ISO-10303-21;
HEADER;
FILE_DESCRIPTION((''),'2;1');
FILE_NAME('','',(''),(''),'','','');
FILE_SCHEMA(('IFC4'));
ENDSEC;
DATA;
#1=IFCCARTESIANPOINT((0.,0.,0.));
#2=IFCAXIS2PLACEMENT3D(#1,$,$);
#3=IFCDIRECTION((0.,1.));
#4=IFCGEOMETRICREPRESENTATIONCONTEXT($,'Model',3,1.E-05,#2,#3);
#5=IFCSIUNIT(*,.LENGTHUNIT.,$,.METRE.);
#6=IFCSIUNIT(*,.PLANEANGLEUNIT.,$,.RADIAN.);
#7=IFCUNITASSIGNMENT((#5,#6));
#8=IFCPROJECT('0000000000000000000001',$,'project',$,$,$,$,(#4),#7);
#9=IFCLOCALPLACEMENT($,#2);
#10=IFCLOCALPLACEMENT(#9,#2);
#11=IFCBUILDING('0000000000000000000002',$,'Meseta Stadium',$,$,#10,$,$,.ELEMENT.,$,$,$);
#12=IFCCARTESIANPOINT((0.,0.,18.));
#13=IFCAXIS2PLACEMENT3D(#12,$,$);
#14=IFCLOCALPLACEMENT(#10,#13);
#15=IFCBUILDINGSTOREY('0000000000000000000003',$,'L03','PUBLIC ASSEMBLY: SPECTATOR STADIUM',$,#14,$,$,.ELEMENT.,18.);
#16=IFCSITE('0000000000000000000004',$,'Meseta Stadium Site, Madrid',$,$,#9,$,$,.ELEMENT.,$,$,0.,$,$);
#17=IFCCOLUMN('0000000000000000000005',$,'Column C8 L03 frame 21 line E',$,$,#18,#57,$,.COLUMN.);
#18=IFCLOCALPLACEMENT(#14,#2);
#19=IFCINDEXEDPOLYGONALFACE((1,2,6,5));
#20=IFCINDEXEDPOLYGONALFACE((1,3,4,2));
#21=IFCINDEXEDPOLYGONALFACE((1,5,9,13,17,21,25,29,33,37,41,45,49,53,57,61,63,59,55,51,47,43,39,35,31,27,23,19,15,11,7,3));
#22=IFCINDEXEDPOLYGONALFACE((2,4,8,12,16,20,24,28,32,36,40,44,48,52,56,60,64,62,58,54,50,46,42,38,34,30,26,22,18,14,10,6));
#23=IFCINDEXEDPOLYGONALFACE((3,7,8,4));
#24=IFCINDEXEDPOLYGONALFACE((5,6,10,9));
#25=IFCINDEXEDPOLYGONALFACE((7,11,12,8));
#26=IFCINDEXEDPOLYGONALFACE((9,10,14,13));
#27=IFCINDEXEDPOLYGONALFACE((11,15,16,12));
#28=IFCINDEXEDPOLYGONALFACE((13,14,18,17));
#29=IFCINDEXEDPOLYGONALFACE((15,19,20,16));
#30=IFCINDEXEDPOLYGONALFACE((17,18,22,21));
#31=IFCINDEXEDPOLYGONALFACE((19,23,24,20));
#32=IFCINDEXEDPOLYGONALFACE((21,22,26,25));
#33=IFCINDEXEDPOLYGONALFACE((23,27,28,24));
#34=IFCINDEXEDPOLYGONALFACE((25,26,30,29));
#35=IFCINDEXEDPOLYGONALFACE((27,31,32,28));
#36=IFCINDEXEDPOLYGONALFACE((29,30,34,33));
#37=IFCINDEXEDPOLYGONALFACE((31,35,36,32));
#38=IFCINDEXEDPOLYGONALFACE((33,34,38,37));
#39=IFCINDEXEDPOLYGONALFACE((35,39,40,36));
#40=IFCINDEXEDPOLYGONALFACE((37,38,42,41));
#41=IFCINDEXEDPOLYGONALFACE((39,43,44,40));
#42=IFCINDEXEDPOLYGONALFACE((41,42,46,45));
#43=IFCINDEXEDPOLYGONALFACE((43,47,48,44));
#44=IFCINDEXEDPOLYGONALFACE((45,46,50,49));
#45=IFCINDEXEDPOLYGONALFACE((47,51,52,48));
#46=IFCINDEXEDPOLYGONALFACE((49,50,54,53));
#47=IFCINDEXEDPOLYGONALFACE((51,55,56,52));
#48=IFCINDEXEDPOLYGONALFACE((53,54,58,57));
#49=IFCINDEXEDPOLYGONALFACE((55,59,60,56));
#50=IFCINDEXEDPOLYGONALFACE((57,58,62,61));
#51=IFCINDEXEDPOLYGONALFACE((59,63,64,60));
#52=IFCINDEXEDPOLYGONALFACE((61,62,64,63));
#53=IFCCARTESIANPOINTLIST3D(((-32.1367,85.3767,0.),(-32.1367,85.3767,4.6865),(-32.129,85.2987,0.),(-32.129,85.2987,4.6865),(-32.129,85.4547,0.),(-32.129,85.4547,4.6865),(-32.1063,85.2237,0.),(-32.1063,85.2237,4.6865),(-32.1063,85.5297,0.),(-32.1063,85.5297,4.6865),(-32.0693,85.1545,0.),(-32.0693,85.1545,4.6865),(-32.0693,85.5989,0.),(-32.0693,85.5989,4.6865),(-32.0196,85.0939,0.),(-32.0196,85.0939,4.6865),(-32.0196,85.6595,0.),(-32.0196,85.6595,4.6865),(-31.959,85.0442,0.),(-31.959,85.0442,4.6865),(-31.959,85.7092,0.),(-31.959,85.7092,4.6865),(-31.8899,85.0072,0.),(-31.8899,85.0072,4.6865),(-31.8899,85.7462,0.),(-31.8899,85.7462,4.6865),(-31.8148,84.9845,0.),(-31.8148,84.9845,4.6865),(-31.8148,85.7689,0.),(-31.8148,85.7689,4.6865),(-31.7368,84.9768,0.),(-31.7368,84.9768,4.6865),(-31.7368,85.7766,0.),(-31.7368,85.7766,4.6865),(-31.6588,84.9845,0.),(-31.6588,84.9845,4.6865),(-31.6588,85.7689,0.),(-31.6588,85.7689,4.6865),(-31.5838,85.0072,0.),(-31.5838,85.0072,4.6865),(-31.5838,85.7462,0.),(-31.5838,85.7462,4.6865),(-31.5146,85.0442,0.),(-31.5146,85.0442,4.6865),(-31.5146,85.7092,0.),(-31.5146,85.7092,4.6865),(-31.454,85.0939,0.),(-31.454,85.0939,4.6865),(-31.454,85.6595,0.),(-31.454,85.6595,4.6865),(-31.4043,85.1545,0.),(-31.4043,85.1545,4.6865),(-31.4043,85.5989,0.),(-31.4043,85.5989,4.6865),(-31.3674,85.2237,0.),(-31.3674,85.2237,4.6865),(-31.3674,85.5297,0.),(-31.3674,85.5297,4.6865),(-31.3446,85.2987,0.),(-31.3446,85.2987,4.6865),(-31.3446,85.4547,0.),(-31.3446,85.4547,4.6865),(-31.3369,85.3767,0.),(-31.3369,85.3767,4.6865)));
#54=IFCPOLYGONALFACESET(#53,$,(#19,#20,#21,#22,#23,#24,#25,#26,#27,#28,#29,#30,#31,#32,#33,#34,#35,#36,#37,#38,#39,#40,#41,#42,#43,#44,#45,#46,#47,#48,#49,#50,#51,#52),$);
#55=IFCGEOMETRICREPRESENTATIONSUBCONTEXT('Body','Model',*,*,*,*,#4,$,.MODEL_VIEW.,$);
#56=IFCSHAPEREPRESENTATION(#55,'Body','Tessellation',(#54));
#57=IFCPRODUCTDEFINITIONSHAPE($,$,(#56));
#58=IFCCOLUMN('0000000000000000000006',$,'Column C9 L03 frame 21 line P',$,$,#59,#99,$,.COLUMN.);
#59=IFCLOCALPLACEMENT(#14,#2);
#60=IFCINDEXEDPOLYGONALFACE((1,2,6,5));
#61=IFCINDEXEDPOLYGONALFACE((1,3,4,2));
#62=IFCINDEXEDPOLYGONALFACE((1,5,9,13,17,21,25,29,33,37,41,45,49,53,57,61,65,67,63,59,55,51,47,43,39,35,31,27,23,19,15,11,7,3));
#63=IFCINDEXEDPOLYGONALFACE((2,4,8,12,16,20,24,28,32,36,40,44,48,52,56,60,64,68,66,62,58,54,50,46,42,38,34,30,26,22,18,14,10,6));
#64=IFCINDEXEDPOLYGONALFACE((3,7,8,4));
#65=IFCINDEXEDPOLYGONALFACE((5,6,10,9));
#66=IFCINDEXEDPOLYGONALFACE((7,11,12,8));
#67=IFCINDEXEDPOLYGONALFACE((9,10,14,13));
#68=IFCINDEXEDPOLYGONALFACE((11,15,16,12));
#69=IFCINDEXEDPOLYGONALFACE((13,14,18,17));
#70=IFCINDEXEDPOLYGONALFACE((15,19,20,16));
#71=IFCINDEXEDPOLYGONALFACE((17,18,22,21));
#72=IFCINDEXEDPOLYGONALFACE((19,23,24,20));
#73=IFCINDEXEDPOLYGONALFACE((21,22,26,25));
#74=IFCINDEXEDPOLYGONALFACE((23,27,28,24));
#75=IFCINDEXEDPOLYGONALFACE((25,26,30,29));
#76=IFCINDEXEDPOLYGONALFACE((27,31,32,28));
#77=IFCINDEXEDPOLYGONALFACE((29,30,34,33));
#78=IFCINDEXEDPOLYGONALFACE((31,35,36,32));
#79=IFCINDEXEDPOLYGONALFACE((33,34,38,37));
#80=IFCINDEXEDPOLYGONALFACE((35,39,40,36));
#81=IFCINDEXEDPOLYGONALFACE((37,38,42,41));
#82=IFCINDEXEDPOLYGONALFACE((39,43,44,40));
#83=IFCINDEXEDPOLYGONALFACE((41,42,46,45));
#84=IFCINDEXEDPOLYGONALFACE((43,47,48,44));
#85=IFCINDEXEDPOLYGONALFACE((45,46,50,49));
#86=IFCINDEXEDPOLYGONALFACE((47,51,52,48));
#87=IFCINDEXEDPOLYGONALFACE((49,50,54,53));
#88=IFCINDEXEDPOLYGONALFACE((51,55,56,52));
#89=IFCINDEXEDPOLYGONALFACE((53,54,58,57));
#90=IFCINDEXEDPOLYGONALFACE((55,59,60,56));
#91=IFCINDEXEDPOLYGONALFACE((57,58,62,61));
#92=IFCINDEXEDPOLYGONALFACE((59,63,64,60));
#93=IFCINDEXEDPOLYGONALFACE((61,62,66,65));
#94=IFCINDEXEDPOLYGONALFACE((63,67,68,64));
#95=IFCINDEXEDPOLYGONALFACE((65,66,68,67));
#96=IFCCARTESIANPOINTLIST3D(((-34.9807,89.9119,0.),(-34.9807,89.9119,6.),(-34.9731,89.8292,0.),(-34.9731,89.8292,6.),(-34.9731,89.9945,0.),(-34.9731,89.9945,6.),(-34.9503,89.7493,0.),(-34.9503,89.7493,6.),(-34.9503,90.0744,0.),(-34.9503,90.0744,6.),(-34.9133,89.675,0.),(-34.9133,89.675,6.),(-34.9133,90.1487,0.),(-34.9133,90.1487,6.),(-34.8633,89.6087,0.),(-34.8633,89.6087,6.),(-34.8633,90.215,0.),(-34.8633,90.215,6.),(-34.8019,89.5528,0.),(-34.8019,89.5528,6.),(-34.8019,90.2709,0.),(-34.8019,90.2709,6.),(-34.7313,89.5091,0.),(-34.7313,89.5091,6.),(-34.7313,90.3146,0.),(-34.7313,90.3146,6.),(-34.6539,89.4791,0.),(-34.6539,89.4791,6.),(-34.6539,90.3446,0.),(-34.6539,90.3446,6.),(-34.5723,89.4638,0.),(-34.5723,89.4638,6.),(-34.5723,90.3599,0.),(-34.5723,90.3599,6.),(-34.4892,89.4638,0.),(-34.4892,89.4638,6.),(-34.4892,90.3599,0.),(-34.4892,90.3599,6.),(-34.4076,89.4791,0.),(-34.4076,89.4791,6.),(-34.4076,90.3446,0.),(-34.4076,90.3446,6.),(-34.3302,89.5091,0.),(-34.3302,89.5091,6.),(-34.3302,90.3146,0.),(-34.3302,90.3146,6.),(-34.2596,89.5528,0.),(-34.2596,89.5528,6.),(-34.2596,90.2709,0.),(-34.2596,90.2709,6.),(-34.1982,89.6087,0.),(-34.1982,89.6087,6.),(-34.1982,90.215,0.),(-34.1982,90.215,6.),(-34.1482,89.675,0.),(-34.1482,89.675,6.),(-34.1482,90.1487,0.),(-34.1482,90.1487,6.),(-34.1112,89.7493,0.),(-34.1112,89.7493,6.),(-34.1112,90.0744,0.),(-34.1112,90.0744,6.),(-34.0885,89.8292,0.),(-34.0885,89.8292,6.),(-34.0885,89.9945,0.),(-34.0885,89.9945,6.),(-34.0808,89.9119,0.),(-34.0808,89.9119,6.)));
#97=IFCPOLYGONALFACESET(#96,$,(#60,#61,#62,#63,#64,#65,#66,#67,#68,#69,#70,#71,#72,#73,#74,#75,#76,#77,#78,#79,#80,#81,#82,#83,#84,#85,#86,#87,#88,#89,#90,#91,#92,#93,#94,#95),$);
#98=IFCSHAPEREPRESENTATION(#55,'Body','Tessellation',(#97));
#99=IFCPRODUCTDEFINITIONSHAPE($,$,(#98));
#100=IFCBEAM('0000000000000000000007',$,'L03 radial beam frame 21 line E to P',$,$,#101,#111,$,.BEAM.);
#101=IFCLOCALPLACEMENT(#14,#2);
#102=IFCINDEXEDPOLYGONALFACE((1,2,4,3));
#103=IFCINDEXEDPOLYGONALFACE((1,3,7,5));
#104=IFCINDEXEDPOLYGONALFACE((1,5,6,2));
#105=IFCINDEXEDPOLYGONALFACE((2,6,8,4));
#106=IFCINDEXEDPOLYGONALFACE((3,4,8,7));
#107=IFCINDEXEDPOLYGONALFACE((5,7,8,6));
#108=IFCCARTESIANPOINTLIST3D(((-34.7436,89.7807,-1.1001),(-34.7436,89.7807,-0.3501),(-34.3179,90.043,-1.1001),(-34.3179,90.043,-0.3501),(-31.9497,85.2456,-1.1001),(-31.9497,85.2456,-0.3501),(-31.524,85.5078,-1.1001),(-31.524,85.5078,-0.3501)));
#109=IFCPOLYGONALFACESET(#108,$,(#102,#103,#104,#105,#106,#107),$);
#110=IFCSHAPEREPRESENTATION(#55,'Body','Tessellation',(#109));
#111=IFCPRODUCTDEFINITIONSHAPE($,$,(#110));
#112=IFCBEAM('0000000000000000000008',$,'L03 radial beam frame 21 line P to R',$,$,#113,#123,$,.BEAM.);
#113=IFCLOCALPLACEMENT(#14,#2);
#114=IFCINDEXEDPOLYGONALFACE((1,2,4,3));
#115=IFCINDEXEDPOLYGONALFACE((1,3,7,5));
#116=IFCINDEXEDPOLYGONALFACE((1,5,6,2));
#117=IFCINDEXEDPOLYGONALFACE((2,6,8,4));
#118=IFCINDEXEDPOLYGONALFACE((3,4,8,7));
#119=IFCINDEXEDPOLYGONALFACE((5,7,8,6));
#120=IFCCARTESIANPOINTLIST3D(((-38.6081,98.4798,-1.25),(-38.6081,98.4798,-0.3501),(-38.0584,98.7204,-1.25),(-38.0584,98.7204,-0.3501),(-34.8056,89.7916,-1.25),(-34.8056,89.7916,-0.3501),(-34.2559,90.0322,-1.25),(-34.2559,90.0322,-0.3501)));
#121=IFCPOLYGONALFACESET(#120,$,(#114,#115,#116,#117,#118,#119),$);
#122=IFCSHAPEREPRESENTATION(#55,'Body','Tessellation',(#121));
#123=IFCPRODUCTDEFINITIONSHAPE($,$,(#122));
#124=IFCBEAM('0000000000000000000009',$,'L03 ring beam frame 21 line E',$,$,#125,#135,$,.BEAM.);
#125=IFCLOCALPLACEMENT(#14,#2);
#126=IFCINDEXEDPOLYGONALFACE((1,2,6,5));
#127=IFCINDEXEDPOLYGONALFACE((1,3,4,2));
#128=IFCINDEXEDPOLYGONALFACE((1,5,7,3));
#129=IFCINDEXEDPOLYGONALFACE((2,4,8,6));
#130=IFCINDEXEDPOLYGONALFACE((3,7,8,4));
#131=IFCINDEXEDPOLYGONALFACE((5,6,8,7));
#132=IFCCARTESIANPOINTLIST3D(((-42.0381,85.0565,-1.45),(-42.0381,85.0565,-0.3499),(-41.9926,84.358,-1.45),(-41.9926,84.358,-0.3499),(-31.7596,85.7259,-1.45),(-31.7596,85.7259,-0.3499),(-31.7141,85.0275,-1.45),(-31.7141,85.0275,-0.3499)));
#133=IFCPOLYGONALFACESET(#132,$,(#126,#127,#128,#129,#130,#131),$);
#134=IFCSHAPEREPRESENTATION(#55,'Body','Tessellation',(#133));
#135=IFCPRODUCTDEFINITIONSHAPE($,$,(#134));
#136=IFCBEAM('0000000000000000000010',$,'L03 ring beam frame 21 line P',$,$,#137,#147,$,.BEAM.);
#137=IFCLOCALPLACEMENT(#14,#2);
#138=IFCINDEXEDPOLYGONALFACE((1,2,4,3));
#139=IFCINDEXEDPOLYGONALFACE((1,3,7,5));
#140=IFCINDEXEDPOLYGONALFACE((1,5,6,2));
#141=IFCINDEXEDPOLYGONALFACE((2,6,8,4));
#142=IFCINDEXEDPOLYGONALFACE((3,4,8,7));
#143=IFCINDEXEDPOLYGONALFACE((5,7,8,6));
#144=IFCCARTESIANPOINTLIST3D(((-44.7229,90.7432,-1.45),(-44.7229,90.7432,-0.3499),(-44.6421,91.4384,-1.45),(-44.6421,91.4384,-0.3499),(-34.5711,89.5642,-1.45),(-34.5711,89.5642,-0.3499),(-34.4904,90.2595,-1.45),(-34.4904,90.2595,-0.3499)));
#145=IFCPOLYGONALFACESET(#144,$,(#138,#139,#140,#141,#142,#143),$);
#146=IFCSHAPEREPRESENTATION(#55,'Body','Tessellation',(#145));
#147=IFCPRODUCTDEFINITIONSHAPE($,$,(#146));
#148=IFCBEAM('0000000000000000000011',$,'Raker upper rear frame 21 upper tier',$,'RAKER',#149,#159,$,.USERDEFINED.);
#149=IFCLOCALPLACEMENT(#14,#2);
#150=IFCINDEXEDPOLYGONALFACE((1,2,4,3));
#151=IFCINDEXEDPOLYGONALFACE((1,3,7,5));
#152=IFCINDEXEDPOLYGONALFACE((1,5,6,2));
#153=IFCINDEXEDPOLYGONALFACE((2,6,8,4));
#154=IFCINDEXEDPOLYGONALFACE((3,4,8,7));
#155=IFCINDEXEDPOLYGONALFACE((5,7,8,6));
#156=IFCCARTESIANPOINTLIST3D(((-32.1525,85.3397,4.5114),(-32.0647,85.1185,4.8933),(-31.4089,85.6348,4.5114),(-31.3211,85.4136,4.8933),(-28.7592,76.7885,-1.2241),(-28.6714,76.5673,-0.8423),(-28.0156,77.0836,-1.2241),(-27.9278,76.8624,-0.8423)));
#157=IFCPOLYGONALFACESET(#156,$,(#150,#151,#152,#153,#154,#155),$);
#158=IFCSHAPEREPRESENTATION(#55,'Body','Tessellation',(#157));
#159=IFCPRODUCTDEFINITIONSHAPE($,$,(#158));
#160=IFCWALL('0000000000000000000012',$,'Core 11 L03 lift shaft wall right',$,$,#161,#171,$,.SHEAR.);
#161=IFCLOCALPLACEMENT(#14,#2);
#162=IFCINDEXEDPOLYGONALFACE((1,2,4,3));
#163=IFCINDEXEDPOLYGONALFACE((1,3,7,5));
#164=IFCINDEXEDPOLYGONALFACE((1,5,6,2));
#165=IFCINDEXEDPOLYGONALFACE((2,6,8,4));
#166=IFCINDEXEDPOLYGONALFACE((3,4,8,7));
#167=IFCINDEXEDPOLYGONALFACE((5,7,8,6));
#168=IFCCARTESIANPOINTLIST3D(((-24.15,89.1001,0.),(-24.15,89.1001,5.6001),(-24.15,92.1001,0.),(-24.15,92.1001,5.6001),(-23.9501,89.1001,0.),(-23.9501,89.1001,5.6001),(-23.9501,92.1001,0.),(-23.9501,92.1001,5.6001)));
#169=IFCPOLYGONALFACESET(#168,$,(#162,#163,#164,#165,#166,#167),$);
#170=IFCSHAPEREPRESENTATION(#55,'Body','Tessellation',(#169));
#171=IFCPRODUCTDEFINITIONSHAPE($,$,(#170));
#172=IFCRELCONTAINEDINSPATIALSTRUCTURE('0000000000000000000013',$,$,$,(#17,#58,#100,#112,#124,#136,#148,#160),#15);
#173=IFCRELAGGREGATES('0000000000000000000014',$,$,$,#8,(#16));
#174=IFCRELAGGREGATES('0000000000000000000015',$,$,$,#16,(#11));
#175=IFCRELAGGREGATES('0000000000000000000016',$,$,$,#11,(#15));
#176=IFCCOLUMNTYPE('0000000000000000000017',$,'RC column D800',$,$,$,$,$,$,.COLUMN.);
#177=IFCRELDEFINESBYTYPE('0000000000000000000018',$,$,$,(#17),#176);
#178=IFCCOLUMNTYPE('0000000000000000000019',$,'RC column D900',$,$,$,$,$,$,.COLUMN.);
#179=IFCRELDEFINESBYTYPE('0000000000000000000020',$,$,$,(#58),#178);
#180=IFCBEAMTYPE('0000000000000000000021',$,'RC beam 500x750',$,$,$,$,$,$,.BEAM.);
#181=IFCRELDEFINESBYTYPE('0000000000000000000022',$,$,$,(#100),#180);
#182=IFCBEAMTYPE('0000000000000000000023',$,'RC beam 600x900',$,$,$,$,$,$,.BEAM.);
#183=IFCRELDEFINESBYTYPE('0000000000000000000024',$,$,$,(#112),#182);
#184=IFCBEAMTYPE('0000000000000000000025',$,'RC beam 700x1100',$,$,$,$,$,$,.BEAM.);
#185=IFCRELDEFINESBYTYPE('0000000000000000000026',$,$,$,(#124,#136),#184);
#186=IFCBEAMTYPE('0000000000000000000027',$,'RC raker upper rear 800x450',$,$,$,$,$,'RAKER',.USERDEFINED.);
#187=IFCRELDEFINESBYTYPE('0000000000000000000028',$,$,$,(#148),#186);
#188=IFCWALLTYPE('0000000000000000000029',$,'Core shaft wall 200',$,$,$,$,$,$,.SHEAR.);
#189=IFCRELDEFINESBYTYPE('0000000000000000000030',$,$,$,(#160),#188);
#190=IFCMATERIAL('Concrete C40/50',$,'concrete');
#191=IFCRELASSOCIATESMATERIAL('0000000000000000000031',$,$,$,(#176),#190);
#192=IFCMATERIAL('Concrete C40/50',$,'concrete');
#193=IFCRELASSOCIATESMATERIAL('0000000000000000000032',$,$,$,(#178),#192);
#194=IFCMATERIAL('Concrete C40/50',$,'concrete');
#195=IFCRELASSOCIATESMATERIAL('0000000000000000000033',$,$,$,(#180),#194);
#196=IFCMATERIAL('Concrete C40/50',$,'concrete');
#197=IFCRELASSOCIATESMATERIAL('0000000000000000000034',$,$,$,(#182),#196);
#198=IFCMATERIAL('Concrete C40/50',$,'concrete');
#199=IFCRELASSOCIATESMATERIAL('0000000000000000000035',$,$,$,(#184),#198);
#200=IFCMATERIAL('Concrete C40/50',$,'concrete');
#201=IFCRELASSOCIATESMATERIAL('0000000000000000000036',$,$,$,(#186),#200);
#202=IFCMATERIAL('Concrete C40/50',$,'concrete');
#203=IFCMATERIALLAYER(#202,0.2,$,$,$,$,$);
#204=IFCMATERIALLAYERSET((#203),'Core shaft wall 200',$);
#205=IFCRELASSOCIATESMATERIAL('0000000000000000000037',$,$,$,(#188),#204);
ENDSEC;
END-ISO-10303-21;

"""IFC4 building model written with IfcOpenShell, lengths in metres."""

from ifc_helpers import new_model, si_unit, direction, frame, frame_2d, origin, origin_2d, place, context, subcontext, project, spatial, rectangle, circle, extrude, material, layer, layer_set, material_profile, profile_set, type_object, element, save


model = new_model("IFC4")

# Units and contexts
model_context = context("Model", 3, precision=1e-05, world=origin(), true_north=direction((0.0, 1.0)))
body_context = subcontext(model_context, "Body", "Model", "MODEL_VIEW")
ifc_project = project(units=[si_unit("LENGTHUNIT", "METRE"), si_unit("PLANEANGLEUNIT", "RADIAN")], contexts=[model_context])

# Site, building, storey
site_placement = place(None, origin())
site = spatial("IfcSite", under=ifc_project, at=site_placement, Name="Meseta Stadium Site, Madrid", CompositionType="ELEMENT", RefElevation=0.0)
building_placement = place(site_placement, origin())
building = spatial("IfcBuilding", under=site, at=building_placement, Name="Meseta Stadium", CompositionType="ELEMENT")
storey_placement = place(building_placement, frame((0.0, 0.0, 18.0)))
storey = spatial("IfcBuildingStorey", under=building, at=storey_placement, Name="L03", Description="PUBLIC ASSEMBLY: SPECTATOR STADIUM", CompositionType="ELEMENT", Elevation=18.0)

# Columns
ifc_material_1 = material(Name="Concrete C40/50", Category="concrete")
ifc_material_profile_1 = material_profile(ifc_material_1, circle(Radius=0.3999, at=origin_2d()), Name="RC D800")
ifc_profile_set_1 = profile_set([ifc_material_profile_1], Name="Concrete C40/50")
column_type_1 = type_object("IfcColumnType", Name="RC column D800", PredefinedType="COLUMN", material=ifc_profile_set_1)
column_1_placement = place(storey_placement, frame((-31.7368, 85.3767, 0.0), z_axis=(0.0, 0.0, 1.0), x_axis=(1.0, 0.0, 0.0)))
element("IfcColumn", 1, at=column_1_placement, inside=storey, type_object=column_type_1, Name="Column C8 L03 frame 21 line E", PredefinedType="COLUMN", context=body_context, shape_type="SweptSolid", body=[
    extrude(circle(Radius=0.3999, at=origin_2d()), origin(), (0.0, 0.0, 1.0), 4.6865),
])
ifc_material_2 = material(Name="Concrete C40/50", Category="concrete")
ifc_material_profile_2 = material_profile(ifc_material_2, circle(Radius=0.45, at=origin_2d()), Name="RC D900")
ifc_profile_set_2 = profile_set([ifc_material_profile_2], Name="Concrete C40/50")
column_type_2 = type_object("IfcColumnType", Name="RC column D900", PredefinedType="COLUMN", material=ifc_profile_set_2)
column_2_placement = place(storey_placement, frame((-34.5308, 89.9119, 0.0), z_axis=(0.0, 0.0, 1.0), x_axis=(1.0, 0.0, 0.0)))
element("IfcColumn", 2, at=column_2_placement, inside=storey, type_object=column_type_2, Name="Column C9 L03 frame 21 line P", PredefinedType="COLUMN", context=body_context, shape_type="SweptSolid", body=[
    extrude(circle(Radius=0.45, at=origin_2d()), origin(), (0.0, 0.0, 1.0), 6.0),
])

# Beams
ifc_material_3 = material(Name="Concrete C40/50", Category="concrete")
ifc_material_profile_3 = material_profile(ifc_material_3, rectangle(XDim=0.5, YDim=0.75, at=origin_2d()), Name="RC 500x750")
ifc_profile_set_3 = profile_set([ifc_material_profile_3], Name="Concrete C40/50")
beam_type_1 = type_object("IfcBeamType", Name="RC beam 500x750", PredefinedType="BEAM", material=ifc_profile_set_3)
beam_1_placement = place(storey_placement, frame((-31.7368, 85.3767, -0.7251), z_axis=(-0.524517, 0.8514, 0.0), x_axis=(-0.8514, -0.524517, 0.0)))
element("IfcBeam", 3, at=beam_1_placement, inside=storey, type_object=beam_type_1, Name="L03 radial beam frame 21 line E to P", PredefinedType="BEAM", context=body_context, shape_type="SweptSolid", body=[
    extrude(rectangle(XDim=0.5, YDim=0.75, at=origin_2d()), origin(), (0.0, 0.0, 1.0), 5.3267),
])
ifc_material_4 = material(Name="Concrete C40/50", Category="concrete")
ifc_material_profile_4 = material_profile(ifc_material_4, rectangle(XDim=0.6001, YDim=0.8999, at=origin_2d()), Name="RC 600x900")
ifc_profile_set_4 = profile_set([ifc_material_profile_4], Name="Concrete C40/50")
beam_type_2 = type_object("IfcBeamType", Name="RC beam 600x900", PredefinedType="BEAM", material=ifc_profile_set_4)
beam_2_placement = place(storey_placement, frame((-34.5308, 89.9119, -0.8), z_axis=(-0.400942, 0.916104, 0.0), x_axis=(-0.916104, -0.400942, 0.0)))
element("IfcBeam", 4, at=beam_2_placement, inside=storey, type_object=beam_type_2, Name="L03 radial beam frame 21 line P to R", PredefinedType="BEAM", context=body_context, shape_type="SweptSolid", body=[
    extrude(rectangle(XDim=0.6001, YDim=0.8999, at=origin_2d()), origin(), (0.0, 0.0, 1.0), 9.4839),
])
ifc_material_5 = material(Name="Concrete C40/50", Category="concrete")
ifc_material_profile_5 = material_profile(ifc_material_5, rectangle(XDim=0.7, YDim=1.1001, at=origin_2d()), Name="RC 700x1100")
ifc_profile_set_5 = profile_set([ifc_material_profile_5], Name="Concrete C40/50")
beam_type_3 = type_object("IfcBeamType", Name="RC beam 700x1100", PredefinedType="BEAM", material=ifc_profile_set_5)
beam_3_placement = place(storey_placement, frame((-31.7368, 85.3767, -0.8999), z_axis=(-0.997886, -0.064991, 0.0), x_axis=(0.064991, -0.997886, 0.0)))
element("IfcBeam", 5, at=beam_3_placement, inside=storey, type_object=beam_type_3, Name="L03 ring beam frame 21 line E", PredefinedType="BEAM", context=body_context, shape_type="SweptSolid", body=[
    extrude(rectangle(XDim=0.7, YDim=1.1001, at=origin_2d()), origin(), (0.0, 0.0, 1.0), 10.3003),
])
beam_4_placement = place(storey_placement, frame((-34.5308, 89.9119, -0.8999), z_axis=(-0.993324, 0.115357, 0.0), x_axis=(-0.115357, -0.993324, 0.0)))
element("IfcBeam", 6, at=beam_4_placement, inside=storey, type_object=beam_type_3, Name="L03 ring beam frame 21 line P", PredefinedType="BEAM", context=body_context, shape_type="SweptSolid", body=[
    extrude(rectangle(XDim=0.7, YDim=1.1001, at=origin_2d()), origin(), (0.0, 0.0, 1.0), 10.22),
])
ifc_material_6 = material(Name="Concrete C40/50", Category="concrete")
ifc_material_profile_6 = material_profile(ifc_material_6, rectangle(XDim=0.8, YDim=0.45, at=origin_2d()), Name="RC 800x450")
ifc_profile_set_6 = profile_set([ifc_material_profile_6], Name="Concrete C40/50")
beam_type_4 = type_object("IfcBeamType", Name="RC raker upper rear 800x450", ElementType="RAKER", PredefinedType="USERDEFINED", material=ifc_profile_set_6)
beam_5_placement = place(storey_placement, frame((-28.3435, 76.8254, -1.0332), z_axis=(-0.312996, 0.788761, 0.529046), x_axis=(-0.929493, -0.368841, 0.0)))
element("IfcBeam", 7, at=beam_5_placement, inside=storey, type_object=beam_type_4, Name="Raker upper rear frame 21 upper tier", ObjectType="RAKER", PredefinedType="USERDEFINED", context=body_context, shape_type="SweptSolid", body=[
    extrude(rectangle(XDim=0.8, YDim=0.45, at=origin_2d()), origin(), (0.0, 0.0, 1.0), 10.8413),
])

# Wall
ifc_material_7 = material(Name="Concrete C40/50", Category="concrete")
ifc_layer_1 = layer(ifc_material_7, 0.2)
ifc_layer_set_1 = layer_set([ifc_layer_1], Name="Core shaft wall 200")
wall_type_1 = type_object("IfcWallType", Name="Core shaft wall 200", PredefinedType="SHEAR", material=ifc_layer_set_1)
wall_1_placement = place(storey_placement, frame((-24.05, 92.1001, 0.0), z_axis=(0.0, 0.0, 1.0), x_axis=(0.0, -1.0, 0.0)))
element("IfcWall", 8, at=wall_1_placement, inside=storey, type_object=wall_type_1, Name="Core 11 L03 lift shaft wall right", PredefinedType="SHEAR", context=body_context, shape_type="SweptSolid", body=[
    extrude(rectangle(XDim=3.0, YDim=0.2, at=frame_2d((1.5, 0.0))), origin(), (0.0, 0.0, 1.0), 5.6001),
])

save(model, "model.ifc")
